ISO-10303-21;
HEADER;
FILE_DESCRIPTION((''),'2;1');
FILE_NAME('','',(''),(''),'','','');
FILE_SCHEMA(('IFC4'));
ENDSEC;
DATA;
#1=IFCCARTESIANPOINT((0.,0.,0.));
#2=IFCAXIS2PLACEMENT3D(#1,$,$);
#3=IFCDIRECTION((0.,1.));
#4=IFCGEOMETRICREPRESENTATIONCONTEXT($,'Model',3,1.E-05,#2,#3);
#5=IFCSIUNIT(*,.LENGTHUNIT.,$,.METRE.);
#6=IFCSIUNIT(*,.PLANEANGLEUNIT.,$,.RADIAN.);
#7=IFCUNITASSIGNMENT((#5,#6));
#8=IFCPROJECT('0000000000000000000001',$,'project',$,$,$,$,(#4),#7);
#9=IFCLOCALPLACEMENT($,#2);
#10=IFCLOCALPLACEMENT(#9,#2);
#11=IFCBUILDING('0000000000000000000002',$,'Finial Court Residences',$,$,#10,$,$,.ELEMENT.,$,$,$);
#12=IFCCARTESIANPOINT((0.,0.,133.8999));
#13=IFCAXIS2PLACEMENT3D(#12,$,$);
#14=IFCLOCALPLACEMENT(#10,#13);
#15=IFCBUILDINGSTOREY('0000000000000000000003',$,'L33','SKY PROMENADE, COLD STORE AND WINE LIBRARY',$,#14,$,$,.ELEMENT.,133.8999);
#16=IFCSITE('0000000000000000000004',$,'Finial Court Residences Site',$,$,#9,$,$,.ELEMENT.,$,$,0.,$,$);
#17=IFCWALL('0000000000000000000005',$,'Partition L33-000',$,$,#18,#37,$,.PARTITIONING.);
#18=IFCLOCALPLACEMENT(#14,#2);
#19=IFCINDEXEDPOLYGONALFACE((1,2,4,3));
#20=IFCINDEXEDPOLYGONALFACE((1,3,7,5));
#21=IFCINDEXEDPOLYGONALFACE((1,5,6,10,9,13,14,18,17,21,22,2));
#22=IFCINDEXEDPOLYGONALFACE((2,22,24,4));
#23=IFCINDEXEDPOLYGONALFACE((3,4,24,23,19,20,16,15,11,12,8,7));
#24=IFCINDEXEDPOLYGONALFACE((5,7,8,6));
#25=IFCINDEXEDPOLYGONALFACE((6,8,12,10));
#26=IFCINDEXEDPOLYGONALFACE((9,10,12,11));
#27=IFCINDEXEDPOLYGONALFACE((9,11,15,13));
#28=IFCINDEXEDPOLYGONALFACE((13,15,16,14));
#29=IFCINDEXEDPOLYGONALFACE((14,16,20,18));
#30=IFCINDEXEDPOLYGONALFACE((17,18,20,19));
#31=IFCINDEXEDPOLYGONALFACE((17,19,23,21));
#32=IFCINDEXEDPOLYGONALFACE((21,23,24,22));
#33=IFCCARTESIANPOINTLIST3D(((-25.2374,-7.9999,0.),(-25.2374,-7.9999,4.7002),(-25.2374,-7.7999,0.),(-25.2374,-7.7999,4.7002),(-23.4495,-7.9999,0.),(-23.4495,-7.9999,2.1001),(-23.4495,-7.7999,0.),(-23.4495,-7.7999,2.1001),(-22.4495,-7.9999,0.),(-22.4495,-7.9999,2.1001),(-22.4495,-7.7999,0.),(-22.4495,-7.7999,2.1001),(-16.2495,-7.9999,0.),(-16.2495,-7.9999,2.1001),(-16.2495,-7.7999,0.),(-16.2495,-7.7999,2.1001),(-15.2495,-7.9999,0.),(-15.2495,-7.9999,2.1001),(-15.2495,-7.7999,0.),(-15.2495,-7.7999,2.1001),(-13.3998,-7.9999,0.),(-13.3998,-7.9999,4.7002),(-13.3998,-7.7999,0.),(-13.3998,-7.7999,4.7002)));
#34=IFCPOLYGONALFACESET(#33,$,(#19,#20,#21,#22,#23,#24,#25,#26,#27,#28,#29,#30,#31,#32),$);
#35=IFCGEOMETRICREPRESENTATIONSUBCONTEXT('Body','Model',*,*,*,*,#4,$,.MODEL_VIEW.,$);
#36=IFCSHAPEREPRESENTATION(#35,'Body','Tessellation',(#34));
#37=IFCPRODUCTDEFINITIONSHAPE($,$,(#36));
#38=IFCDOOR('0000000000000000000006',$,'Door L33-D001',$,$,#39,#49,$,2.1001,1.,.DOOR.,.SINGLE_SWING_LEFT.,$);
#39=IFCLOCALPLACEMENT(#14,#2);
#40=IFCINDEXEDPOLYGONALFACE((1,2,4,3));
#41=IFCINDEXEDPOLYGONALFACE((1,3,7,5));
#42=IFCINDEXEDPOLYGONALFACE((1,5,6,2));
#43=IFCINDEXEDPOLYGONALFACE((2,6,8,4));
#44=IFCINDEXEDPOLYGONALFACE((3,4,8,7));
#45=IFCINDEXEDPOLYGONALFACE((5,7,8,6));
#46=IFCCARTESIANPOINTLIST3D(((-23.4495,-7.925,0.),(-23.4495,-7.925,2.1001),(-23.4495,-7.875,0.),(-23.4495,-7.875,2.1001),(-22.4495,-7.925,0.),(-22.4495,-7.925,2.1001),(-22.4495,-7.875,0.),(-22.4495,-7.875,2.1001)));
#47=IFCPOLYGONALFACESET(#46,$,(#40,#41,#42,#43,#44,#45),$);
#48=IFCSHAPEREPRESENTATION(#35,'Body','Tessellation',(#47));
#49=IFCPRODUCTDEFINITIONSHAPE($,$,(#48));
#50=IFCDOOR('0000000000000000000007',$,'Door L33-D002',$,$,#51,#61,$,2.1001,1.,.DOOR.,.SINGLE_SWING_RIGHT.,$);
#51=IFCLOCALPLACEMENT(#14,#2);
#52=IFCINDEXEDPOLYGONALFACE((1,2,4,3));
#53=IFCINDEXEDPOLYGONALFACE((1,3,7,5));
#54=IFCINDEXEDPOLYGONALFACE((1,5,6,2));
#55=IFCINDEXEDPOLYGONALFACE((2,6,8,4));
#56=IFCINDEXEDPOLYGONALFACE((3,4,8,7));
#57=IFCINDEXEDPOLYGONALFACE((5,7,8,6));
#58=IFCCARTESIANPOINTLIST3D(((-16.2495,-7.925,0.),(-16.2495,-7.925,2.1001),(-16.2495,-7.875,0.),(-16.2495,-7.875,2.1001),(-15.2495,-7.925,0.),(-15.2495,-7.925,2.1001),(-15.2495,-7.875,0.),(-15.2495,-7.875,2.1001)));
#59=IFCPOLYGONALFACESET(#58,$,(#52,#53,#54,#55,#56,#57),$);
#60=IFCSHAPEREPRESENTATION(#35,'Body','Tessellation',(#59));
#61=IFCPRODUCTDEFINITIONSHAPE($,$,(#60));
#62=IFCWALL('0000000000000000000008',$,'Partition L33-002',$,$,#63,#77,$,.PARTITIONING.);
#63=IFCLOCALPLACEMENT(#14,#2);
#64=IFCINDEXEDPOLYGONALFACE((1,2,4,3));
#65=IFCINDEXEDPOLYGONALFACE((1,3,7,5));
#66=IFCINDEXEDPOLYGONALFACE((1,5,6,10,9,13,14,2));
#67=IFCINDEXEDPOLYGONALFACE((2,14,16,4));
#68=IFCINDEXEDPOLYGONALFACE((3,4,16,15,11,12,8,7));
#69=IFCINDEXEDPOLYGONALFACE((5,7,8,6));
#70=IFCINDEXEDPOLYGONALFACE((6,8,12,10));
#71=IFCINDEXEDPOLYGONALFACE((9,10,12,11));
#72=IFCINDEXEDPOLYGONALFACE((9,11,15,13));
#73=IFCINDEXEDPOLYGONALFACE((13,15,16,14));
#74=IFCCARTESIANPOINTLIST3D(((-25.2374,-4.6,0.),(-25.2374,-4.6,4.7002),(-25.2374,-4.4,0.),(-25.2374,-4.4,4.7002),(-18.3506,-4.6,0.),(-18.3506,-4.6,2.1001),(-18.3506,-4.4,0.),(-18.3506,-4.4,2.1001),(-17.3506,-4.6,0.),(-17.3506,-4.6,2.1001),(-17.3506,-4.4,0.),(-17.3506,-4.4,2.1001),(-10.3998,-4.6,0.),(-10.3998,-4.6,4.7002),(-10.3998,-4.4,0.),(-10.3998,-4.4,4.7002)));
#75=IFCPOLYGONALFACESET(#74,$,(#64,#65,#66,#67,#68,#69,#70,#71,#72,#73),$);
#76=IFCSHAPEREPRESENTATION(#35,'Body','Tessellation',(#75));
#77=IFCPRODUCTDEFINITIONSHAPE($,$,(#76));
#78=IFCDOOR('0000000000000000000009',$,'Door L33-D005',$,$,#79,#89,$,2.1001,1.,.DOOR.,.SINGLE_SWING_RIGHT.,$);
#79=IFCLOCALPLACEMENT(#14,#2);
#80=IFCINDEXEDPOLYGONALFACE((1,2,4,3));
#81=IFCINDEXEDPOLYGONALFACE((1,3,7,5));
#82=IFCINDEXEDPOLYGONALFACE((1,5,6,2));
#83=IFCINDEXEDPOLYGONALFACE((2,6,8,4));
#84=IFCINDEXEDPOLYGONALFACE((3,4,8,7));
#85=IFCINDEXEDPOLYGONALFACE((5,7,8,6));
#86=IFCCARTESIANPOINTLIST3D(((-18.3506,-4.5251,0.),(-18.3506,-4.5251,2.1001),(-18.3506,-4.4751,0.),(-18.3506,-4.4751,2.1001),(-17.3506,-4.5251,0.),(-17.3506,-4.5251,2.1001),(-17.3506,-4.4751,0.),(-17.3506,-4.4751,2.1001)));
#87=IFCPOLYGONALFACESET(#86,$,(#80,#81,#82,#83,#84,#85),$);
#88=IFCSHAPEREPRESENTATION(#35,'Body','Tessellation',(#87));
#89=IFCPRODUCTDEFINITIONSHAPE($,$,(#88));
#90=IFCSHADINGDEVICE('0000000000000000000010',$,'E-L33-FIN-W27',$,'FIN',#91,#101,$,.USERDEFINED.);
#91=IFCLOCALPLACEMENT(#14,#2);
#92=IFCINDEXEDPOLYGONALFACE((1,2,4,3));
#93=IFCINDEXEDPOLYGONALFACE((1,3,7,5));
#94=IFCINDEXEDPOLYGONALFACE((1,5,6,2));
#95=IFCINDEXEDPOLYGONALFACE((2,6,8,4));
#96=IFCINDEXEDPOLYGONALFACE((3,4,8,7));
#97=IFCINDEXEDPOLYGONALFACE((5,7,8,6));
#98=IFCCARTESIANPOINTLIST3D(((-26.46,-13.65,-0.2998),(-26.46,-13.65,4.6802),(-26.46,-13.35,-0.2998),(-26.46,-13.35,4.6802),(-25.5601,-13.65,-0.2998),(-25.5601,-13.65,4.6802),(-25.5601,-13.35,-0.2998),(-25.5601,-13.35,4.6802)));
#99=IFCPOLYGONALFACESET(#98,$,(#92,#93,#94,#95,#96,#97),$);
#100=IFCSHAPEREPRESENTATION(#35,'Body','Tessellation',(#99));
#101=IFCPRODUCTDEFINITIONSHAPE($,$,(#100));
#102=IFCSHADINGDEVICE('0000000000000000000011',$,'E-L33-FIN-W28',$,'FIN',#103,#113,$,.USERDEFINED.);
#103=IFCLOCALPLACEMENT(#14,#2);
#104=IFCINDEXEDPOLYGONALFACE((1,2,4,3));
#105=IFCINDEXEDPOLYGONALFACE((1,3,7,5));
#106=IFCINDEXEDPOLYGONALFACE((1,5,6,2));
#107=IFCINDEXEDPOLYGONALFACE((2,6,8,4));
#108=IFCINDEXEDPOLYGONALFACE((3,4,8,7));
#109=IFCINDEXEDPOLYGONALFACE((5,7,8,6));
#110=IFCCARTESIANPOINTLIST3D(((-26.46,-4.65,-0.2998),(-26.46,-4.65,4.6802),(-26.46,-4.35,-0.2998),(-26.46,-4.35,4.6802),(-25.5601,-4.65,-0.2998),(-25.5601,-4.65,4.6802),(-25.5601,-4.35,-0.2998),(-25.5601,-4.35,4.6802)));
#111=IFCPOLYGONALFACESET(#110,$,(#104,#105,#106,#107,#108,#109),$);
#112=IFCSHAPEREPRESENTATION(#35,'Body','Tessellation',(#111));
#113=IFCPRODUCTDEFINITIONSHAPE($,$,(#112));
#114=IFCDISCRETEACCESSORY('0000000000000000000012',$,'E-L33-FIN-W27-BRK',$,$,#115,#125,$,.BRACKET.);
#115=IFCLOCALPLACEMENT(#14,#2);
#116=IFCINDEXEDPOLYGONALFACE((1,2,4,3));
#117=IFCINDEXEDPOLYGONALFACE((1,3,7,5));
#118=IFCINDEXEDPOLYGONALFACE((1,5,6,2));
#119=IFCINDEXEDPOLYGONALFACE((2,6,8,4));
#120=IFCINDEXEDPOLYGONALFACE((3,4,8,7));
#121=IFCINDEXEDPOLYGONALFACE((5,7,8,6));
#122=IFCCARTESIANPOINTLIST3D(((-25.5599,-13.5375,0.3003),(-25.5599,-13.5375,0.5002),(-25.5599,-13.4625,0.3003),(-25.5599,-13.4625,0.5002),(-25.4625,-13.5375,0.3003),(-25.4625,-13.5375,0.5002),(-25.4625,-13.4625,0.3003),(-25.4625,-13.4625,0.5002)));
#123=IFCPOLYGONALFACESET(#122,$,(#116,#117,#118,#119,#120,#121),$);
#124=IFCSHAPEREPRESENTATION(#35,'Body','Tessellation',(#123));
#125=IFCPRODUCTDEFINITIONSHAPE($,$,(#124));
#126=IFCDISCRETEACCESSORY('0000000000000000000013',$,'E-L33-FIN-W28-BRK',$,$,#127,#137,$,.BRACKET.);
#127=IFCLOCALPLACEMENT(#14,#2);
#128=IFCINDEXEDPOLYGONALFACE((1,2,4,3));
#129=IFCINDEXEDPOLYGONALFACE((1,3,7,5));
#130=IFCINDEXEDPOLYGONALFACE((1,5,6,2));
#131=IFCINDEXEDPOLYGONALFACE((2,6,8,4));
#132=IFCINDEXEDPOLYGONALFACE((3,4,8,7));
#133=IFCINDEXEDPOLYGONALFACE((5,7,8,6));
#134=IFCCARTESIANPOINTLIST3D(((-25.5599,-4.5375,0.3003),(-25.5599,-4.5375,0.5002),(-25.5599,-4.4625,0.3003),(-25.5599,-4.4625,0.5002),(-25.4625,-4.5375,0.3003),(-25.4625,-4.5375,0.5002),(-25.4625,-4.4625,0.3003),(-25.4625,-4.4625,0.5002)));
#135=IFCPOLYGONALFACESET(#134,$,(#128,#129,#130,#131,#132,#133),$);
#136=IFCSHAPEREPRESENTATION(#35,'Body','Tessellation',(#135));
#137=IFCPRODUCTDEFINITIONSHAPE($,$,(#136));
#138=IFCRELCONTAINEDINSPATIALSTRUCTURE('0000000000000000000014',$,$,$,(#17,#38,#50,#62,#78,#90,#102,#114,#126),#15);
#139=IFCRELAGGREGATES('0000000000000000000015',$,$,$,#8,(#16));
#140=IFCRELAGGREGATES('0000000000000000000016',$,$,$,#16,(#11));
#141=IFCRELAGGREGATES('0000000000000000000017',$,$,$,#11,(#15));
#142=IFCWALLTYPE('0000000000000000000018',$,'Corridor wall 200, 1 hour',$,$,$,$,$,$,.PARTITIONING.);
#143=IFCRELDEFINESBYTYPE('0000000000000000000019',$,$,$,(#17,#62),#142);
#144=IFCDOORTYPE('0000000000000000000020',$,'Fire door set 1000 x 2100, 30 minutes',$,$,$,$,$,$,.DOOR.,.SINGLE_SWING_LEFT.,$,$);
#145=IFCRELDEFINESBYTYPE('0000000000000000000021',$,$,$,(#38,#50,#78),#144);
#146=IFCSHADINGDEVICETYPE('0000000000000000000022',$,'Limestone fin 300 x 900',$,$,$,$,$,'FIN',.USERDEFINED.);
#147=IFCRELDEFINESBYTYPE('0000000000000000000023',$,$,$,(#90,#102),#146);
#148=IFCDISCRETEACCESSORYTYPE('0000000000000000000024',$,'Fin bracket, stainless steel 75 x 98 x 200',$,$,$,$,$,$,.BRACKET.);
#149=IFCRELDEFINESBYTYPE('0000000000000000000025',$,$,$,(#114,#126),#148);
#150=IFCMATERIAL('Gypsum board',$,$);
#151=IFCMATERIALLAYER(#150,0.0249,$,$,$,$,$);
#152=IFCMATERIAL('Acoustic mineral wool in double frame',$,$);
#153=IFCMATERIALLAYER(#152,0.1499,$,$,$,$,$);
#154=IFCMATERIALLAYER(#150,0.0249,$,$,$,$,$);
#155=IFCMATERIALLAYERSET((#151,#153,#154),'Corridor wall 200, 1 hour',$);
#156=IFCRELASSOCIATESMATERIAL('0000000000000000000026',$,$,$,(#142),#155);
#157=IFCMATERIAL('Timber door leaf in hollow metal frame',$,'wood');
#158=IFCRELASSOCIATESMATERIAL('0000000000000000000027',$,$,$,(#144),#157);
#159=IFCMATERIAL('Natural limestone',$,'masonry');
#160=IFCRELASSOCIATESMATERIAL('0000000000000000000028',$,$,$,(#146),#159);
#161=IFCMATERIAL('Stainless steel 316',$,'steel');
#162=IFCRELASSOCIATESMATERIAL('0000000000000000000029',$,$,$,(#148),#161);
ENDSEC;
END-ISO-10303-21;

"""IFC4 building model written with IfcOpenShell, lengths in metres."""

from ifc_helpers import new_model, si_unit, direction, frame, frame_2d, origin, origin_2d, place, context, subcontext, project, spatial, rectangle, extrude, material, layer, layer_set, type_object, element, fill, save


model = new_model("IFC4")

# Units and contexts
model_context = context("Model", 3, precision=1e-05, world=origin(), true_north=direction((0.0, 1.0)))
body_context = subcontext(model_context, "Body", "Model", "MODEL_VIEW")
ifc_project = project(units=[si_unit("LENGTHUNIT", "METRE"), si_unit("PLANEANGLEUNIT", "RADIAN")], contexts=[model_context])

# Site, building, storey
site_placement = place(None, origin())
site = spatial("IfcSite", under=ifc_project, at=site_placement, Name="Finial Court Residences Site", CompositionType="ELEMENT", RefElevation=0.0)
building_placement = place(site_placement, origin())
building = spatial("IfcBuilding", under=site, at=building_placement, Name="Finial Court Residences", CompositionType="ELEMENT")
storey_placement = place(building_placement, frame((0.0, 0.0, 133.8999)))
storey = spatial("IfcBuildingStorey", under=building, at=storey_placement, Name="L33", Description="SKY PROMENADE, COLD STORE AND WINE LIBRARY", CompositionType="ELEMENT", Elevation=133.8999)

# Wall, openings, doors
ifc_material_1 = material(Name="Gypsum board")
ifc_layer_1 = layer(ifc_material_1, 0.0249)
ifc_material_2 = material(Name="Acoustic mineral wool in double frame")
ifc_layer_2 = layer(ifc_material_2, 0.1499)
ifc_layer_3 = layer(ifc_material_1, 0.0249)
ifc_layer_set_1 = layer_set([ifc_layer_1, ifc_layer_2, ifc_layer_3], Name="Corridor wall 200, 1 hour")
wall_type = type_object("IfcWallType", Name="Corridor wall 200, 1 hour", PredefinedType="PARTITIONING", material=ifc_layer_set_1)
wall_1_placement = place(storey_placement, frame((-25.2375, -7.8999, 0.0), z_axis=(0.0, 0.0, 1.0), x_axis=(1.0, 0.0, 0.0)))
wall_1 = element("IfcWall", 1, at=wall_1_placement, inside=storey, type_object=wall_type, Name="Partition L33-000", PredefinedType="PARTITIONING", context=body_context, shape_type="SweptSolid", body=[
    extrude(rectangle(XDim=11.8376, YDim=0.2, at=frame_2d((5.9189, 0.0))), origin(), (0.0, 0.0, 1.0), 4.7002),
])
opening_1_placement = place(wall_1_placement, frame((1.7881, 0.0, 0.0)))
opening_1 = element("IfcOpeningElement", 2, at=opening_1_placement, cuts=wall_1, PredefinedType="OPENING", context=body_context, shape_type="SweptSolid", body=[
    extrude(rectangle(XDim=1.0, YDim=2.1001, at=frame_2d((0.5, 1.05))), frame((0.0, 0.1099, 0.0), z_axis=(0.0, -1.0, 0.0), x_axis=(1.0, 0.0, 0.0)), (0.0, 0.0, 1.0), 0.22),
])
opening_2_placement = place(wall_1_placement, frame((8.988, 0.0, 0.0)))
opening_2 = element("IfcOpeningElement", 3, at=opening_2_placement, cuts=wall_1, PredefinedType="OPENING", context=body_context, shape_type="SweptSolid", body=[
    extrude(rectangle(XDim=1.0, YDim=2.1001, at=frame_2d((0.5, 1.05))), frame((0.0, 0.1099, 0.0), z_axis=(0.0, -1.0, 0.0), x_axis=(1.0, 0.0, 0.0)), (0.0, 0.0, 1.0), 0.22),
])
ifc_material_3 = material(Name="Timber door leaf in hollow metal frame", Category="wood")
door_type = type_object("IfcDoorType", Name="Fire door set 1000 x 2100, 30 minutes", OperationType="SINGLE_SWING_LEFT", PredefinedType="DOOR", material=ifc_material_3)
door_1_placement = place(opening_1_placement, origin())
door_1 = element("IfcDoor", 4, at=door_1_placement, inside=storey, type_object=door_type, Name="Door L33-D001", OperationType="SINGLE_SWING_LEFT", OverallHeight=2.1001, OverallWidth=1.0, PredefinedType="DOOR", context=body_context, shape_type="SweptSolid", body=[
    extrude(rectangle(XDim=1.0, YDim=2.1001, at=frame_2d((0.5, 1.05))), frame((0.0, 0.0249, 0.0), z_axis=(0.0, -1.0, 0.0), x_axis=(1.0, 0.0, 0.0)), (0.0, 0.0, 1.0), 0.05),
])
fill(opening_1, door_1)
door_2_placement = place(opening_2_placement, origin())
door_2 = element("IfcDoor", 5, at=door_2_placement, inside=storey, type_object=door_type, Name="Door L33-D002", OperationType="SINGLE_SWING_RIGHT", OverallHeight=2.1001, OverallWidth=1.0, PredefinedType="DOOR", context=body_context, shape_type="SweptSolid", body=[
    extrude(rectangle(XDim=1.0, YDim=2.1001, at=frame_2d((0.5, 1.05))), frame((0.0, 0.0249, 0.0), z_axis=(0.0, -1.0, 0.0), x_axis=(1.0, 0.0, 0.0)), (0.0, 0.0, 1.0), 0.05),
])
fill(opening_2, door_2)

# Wall, opening, door
wall_2_placement = place(storey_placement, frame((-25.2375, -4.5, 0.0), z_axis=(0.0, 0.0, 1.0), x_axis=(1.0, 0.0, 0.0)))
wall_2 = element("IfcWall", 6, at=wall_2_placement, inside=storey, type_object=wall_type, Name="Partition L33-002", PredefinedType="PARTITIONING", context=body_context, shape_type="SweptSolid", body=[
    extrude(rectangle(XDim=14.8376, YDim=0.2, at=frame_2d((7.4189, 0.0))), origin(), (0.0, 0.0, 1.0), 4.7002),
])
opening_3_placement = place(wall_2_placement, frame((6.887, 0.0, 0.0)))
opening_3 = element("IfcOpeningElement", 7, at=opening_3_placement, cuts=wall_2, PredefinedType="OPENING", context=body_context, shape_type="SweptSolid", body=[
    extrude(rectangle(XDim=1.0, YDim=2.1001, at=frame_2d((0.5, 1.05))), frame((0.0, 0.1099, 0.0), z_axis=(0.0, -1.0, 0.0), x_axis=(1.0, 0.0, 0.0)), (0.0, 0.0, 1.0), 0.22),
])
door_3_placement = place(opening_3_placement, origin())
door_3 = element("IfcDoor", 8, at=door_3_placement, inside=storey, type_object=door_type, Name="Door L33-D005", OperationType="SINGLE_SWING_RIGHT", OverallHeight=2.1001, OverallWidth=1.0, PredefinedType="DOOR", context=body_context, shape_type="SweptSolid", body=[
    extrude(rectangle(XDim=1.0, YDim=2.1001, at=frame_2d((0.5, 1.05))), frame((0.0, 0.0249, 0.0), z_axis=(0.0, -1.0, 0.0), x_axis=(1.0, 0.0, 0.0)), (0.0, 0.0, 1.0), 0.05),
])
fill(opening_3, door_3)

# Shading devices
ifc_material_4 = material(Name="Natural limestone", Category="masonry")
shading_device_type = type_object("IfcShadingDeviceType", Name="Limestone fin 300 x 900", ElementType="FIN", PredefinedType="USERDEFINED", material=ifc_material_4)
for number, where, z_axis, x_axis, name in (
    (9, (-26.01, -13.5, -0.2998), (0.0, 0.0, 1.0), (1.0, 0.0, 0.0), "E-L33-FIN-W27"),
    (10, (-26.01, -4.5, -0.2998), (0.0, 0.0, 1.0), (1.0, 0.0, 0.0), "E-L33-FIN-W28"),
):
    element("IfcShadingDevice", number, at=place(storey_placement, frame(where, z_axis=z_axis, x_axis=x_axis)), inside=storey, type_object=shading_device_type, Name=name, ObjectType="FIN", PredefinedType="USERDEFINED", context=body_context, shape_type="SweptSolid", body=[
        extrude(rectangle(XDim=0.8999, YDim=0.3, at=origin_2d()), origin(), (0.0, 0.0, 1.0), 4.98),
    ])

# Discrete accessories
ifc_material_5 = material(Name="Stainless steel 316", Category="steel")
discrete_accessory_type = type_object("IfcDiscreteAccessoryType", Name="Fin bracket, stainless steel 75 x 98 x 200", PredefinedType="BRACKET", material=ifc_material_5)
for number, where, z_axis, x_axis, name in (
    (11, (-25.5112, -13.5, 0.3003), (0.0, 0.0, 1.0), (1.0, 0.0, 0.0), "E-L33-FIN-W27-BRK"),
    (12, (-25.5112, -4.5, 0.3003), (0.0, 0.0, 1.0), (1.0, 0.0, 0.0), "E-L33-FIN-W28-BRK"),
):
    element("IfcDiscreteAccessory", number, at=place(storey_placement, frame(where, z_axis=z_axis, x_axis=x_axis)), inside=storey, type_object=discrete_accessory_type, Name=name, PredefinedType="BRACKET", context=body_context, shape_type="SweptSolid", body=[
        extrude(rectangle(XDim=0.0974, YDim=0.075, at=origin_2d()), origin(), (0.0, 0.0, 1.0), 0.2),
    ])

save(model, "model.ifc")
